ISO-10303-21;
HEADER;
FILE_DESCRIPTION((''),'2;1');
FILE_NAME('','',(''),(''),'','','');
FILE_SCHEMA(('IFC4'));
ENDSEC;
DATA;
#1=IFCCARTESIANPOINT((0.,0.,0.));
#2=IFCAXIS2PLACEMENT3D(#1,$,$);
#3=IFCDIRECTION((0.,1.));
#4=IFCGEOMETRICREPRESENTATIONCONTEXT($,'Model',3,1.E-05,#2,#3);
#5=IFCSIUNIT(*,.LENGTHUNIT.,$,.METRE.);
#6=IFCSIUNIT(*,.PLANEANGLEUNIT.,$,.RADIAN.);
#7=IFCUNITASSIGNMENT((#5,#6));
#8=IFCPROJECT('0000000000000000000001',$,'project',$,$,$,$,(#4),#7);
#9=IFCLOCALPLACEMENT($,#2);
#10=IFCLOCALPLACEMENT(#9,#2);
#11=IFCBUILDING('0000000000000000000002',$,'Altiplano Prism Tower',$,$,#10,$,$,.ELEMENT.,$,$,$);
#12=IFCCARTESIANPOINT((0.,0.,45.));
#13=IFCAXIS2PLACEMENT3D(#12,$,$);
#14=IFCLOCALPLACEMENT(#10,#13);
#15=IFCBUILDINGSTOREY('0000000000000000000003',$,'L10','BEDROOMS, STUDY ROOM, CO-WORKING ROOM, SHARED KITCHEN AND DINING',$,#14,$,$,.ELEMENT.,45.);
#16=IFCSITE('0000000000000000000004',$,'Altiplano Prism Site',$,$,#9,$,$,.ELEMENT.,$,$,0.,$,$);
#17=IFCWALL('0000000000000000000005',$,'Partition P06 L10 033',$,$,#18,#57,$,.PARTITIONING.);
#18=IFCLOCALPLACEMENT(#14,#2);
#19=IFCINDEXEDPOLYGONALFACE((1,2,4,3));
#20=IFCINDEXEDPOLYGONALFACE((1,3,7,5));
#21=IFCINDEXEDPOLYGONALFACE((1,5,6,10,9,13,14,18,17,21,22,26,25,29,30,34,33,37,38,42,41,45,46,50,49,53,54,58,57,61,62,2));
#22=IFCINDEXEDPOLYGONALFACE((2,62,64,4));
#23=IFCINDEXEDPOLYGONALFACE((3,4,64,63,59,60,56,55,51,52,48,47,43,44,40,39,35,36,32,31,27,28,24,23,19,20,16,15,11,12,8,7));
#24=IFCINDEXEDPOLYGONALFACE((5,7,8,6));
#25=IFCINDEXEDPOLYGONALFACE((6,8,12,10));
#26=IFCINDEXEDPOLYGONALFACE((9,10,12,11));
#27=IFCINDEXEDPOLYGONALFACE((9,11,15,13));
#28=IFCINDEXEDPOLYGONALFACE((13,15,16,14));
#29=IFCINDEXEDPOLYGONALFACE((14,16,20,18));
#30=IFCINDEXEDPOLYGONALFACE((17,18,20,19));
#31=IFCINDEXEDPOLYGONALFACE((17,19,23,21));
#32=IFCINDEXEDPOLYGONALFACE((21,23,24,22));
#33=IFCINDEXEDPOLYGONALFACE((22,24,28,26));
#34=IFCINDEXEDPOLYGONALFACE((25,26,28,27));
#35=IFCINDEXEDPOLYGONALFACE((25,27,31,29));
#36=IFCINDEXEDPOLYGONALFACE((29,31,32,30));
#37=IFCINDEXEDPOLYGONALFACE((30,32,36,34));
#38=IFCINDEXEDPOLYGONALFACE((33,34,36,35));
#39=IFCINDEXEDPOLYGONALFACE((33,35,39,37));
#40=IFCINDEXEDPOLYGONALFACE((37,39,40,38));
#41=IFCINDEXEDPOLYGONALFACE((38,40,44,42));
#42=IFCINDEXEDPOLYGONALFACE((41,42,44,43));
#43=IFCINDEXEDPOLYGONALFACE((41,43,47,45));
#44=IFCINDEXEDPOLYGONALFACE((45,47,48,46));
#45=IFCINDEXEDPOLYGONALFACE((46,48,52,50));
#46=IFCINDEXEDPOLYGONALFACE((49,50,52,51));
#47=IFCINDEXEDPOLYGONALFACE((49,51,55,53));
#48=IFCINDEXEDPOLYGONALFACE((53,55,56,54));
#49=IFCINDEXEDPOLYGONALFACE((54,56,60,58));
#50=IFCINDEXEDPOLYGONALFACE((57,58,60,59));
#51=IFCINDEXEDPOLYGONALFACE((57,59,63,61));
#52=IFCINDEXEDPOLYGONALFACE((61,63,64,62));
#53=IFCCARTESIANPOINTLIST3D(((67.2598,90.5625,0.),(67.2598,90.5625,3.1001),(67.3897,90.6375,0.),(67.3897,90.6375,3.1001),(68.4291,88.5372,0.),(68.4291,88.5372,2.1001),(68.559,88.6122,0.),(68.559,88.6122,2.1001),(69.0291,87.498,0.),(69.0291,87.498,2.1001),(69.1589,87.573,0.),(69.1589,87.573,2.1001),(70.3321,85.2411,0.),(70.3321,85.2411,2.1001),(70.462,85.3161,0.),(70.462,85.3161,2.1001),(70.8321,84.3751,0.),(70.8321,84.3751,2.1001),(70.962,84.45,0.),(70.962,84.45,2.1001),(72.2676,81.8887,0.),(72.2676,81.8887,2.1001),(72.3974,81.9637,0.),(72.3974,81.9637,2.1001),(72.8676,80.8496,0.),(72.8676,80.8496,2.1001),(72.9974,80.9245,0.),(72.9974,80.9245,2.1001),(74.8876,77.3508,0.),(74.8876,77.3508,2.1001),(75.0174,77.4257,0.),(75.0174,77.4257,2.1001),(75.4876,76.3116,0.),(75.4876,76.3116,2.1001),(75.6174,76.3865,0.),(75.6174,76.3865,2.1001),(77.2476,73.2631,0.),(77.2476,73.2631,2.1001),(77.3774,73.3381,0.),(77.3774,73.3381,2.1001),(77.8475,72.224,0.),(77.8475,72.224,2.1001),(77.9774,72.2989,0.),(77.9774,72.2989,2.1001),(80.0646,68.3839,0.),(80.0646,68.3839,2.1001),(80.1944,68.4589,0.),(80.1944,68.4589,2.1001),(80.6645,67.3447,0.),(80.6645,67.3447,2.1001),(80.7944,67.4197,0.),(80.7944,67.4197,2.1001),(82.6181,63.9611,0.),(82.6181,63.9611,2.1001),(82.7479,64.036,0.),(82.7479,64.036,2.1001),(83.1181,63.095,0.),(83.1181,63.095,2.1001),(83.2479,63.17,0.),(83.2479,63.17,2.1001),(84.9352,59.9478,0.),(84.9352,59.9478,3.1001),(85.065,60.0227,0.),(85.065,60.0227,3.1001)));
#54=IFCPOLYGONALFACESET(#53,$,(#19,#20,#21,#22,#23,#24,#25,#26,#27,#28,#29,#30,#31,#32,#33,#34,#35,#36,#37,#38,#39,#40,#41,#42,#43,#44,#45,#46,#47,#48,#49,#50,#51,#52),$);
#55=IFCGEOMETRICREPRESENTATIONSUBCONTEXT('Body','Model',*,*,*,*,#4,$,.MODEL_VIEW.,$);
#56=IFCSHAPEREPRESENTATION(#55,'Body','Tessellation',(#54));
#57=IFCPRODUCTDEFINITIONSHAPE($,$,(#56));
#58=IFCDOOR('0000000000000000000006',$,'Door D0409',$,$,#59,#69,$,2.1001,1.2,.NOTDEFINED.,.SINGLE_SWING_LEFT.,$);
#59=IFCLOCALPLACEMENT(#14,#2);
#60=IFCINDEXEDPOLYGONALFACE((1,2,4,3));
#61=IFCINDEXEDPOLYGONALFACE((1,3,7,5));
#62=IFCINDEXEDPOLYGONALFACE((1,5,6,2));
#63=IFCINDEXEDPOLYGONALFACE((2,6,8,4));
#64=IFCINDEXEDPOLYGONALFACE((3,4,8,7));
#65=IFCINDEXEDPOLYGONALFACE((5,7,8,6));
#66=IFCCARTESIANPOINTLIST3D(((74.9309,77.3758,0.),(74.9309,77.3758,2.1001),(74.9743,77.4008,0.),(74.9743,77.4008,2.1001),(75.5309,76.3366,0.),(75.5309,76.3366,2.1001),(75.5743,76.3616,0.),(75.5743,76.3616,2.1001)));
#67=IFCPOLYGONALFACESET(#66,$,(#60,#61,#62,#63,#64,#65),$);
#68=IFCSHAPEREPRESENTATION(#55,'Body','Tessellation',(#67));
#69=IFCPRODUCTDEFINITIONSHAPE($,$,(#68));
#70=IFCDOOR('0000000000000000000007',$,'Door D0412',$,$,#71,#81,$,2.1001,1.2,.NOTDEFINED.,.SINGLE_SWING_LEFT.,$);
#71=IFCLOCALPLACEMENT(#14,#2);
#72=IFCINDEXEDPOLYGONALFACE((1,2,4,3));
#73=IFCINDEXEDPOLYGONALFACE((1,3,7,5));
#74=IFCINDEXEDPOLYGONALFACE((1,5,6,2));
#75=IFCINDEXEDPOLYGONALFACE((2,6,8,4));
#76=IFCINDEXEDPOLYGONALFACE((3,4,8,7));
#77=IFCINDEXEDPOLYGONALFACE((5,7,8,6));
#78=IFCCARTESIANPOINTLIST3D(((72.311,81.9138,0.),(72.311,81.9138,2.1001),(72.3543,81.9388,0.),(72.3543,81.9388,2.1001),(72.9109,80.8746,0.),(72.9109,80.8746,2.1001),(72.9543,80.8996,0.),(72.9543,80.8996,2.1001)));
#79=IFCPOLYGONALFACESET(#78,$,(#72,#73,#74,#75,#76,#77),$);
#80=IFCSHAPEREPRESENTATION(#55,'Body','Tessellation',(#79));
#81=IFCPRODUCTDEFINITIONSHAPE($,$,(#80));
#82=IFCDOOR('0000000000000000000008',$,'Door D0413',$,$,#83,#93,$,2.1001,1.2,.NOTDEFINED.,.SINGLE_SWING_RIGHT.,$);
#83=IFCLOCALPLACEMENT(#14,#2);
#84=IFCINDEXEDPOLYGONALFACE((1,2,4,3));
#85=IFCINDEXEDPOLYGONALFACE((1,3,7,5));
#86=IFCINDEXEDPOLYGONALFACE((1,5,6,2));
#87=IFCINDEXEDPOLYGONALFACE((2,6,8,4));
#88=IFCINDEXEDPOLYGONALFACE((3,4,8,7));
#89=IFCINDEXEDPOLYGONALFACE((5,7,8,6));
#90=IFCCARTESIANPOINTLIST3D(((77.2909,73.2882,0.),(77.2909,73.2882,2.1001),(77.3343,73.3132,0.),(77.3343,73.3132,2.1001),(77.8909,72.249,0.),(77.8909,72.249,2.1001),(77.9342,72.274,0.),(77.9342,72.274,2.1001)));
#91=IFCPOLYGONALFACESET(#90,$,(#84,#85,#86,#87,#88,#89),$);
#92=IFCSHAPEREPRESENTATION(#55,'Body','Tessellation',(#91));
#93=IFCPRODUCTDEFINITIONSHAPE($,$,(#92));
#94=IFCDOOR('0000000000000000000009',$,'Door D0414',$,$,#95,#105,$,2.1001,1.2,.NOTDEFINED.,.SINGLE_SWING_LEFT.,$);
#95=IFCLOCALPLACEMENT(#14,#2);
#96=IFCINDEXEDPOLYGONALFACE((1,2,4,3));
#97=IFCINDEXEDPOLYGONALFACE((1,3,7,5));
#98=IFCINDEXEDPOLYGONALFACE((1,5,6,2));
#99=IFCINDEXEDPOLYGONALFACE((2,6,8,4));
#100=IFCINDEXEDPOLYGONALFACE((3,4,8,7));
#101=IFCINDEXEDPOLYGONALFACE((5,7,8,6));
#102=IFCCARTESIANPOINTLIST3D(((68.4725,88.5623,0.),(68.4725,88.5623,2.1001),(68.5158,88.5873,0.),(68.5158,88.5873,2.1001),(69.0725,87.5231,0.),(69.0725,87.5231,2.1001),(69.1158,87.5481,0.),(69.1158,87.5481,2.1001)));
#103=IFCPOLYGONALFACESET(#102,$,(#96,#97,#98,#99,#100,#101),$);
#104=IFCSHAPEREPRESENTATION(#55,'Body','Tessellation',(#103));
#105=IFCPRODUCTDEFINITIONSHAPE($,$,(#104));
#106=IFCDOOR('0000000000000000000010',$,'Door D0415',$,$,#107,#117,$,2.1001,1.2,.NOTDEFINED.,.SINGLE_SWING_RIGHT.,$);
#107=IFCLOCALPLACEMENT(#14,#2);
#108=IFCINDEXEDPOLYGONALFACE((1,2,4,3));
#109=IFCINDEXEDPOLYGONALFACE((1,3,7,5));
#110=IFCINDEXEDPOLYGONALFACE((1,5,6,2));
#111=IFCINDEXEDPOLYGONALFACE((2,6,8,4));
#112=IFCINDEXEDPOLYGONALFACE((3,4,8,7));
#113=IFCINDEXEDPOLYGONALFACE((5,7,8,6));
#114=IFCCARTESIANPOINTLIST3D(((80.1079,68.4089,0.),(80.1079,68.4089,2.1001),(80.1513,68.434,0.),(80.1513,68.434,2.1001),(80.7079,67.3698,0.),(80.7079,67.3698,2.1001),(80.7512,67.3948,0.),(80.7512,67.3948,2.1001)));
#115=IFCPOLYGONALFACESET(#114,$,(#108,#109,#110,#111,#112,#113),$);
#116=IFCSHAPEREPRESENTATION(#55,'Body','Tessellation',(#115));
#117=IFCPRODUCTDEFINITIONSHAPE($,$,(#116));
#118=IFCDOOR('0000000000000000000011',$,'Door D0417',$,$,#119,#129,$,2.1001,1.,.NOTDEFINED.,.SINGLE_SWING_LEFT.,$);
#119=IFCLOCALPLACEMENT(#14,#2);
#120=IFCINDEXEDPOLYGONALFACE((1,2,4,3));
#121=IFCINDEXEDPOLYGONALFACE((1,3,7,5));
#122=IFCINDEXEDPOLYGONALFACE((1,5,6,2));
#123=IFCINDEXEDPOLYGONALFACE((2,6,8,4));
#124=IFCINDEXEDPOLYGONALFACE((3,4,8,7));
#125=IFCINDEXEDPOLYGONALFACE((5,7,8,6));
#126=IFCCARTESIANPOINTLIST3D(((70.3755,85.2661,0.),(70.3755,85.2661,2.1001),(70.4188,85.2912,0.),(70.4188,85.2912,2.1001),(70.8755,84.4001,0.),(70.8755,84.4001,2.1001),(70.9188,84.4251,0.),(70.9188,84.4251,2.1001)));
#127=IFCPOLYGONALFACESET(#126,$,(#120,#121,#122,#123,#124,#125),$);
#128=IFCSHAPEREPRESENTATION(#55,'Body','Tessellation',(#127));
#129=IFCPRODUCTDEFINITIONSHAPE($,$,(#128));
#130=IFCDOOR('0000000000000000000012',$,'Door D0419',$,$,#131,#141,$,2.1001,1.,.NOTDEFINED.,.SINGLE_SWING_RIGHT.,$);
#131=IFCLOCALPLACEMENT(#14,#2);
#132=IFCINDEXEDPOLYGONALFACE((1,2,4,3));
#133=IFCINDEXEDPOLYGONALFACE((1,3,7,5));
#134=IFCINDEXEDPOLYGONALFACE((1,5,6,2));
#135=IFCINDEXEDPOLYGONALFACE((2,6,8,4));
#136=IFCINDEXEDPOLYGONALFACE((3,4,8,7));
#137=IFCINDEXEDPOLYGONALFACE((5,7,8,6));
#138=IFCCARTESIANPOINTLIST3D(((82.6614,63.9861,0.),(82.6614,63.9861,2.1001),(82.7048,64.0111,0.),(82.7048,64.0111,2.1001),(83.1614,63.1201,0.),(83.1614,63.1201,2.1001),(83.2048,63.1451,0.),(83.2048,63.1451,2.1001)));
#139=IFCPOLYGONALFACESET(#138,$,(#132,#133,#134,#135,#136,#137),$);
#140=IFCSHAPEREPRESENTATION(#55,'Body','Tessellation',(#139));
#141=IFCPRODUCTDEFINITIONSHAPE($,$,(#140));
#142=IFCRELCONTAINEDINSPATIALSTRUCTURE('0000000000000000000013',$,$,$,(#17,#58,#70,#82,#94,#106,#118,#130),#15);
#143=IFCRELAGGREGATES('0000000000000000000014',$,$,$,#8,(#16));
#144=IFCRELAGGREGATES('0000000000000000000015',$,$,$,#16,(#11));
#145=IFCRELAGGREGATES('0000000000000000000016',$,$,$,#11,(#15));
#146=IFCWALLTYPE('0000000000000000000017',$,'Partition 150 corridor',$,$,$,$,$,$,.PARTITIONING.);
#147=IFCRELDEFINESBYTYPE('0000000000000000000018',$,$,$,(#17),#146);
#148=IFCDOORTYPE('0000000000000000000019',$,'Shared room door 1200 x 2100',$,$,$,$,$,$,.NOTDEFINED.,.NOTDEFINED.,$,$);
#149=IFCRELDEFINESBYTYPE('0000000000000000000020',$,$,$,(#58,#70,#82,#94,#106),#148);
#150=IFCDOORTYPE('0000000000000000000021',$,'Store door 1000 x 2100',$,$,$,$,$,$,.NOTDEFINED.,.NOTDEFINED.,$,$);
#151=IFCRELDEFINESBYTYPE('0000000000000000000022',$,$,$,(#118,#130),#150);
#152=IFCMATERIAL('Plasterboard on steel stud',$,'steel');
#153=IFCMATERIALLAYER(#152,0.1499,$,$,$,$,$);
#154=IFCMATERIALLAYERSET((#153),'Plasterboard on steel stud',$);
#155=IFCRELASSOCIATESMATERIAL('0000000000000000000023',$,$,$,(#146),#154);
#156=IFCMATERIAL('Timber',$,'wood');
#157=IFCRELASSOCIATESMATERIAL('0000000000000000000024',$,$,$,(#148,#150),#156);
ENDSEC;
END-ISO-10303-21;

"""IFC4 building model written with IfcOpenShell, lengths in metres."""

from ifc_helpers import new_model, si_unit, direction, frame, frame_2d, origin, place, context, subcontext, project, spatial, rectangle, extrude, material, layer, layer_set, type_object, element, fill, save


model = new_model("IFC4")

# Units and contexts
model_context = context("Model", 3, precision=1e-05, world=origin(), true_north=direction((0.0, 1.0)))
body_context = subcontext(model_context, "Body", "Model", "MODEL_VIEW")
ifc_project = project(units=[si_unit("LENGTHUNIT", "METRE"), si_unit("PLANEANGLEUNIT", "RADIAN")], contexts=[model_context])

# Site, building, storey
site_placement = place(None, origin())
site = spatial("IfcSite", under=ifc_project, at=site_placement, Name="Altiplano Prism Site", CompositionType="ELEMENT", RefElevation=0.0)
building_placement = place(site_placement, origin())
building = spatial("IfcBuilding", under=site, at=building_placement, Name="Altiplano Prism Tower", CompositionType="ELEMENT")
storey_placement = place(building_placement, frame((0.0, 0.0, 45.0)))
storey = spatial("IfcBuildingStorey", under=building, at=storey_placement, Name="L10", Description="BEDROOMS, STUDY ROOM, CO-WORKING ROOM, SHARED KITCHEN AND DINING", CompositionType="ELEMENT", Elevation=45.0)

# Shared definitions
ifc_material_1 = material(Name="Plasterboard on steel stud", Category="steel")
ifc_layer = layer(ifc_material_1, 0.1499)
ifc_layer_set = layer_set([ifc_layer], Name="Plasterboard on steel stud")
wall_type = type_object("IfcWallType", Name="Partition 150 corridor", PredefinedType="PARTITIONING", material=ifc_layer_set)
ifc_material_2 = material(Name="Timber", Category="wood")

# Wall, openings, doors
door_type_1 = type_object("IfcDoorType", Name="Shared room door 1200 x 2100", OperationType="NOTDEFINED", PredefinedType="NOTDEFINED", material=ifc_material_2)
wall_1_placement = place(storey_placement, frame((85.0, 59.9854, 0.0), z_axis=(0.0, 0.0, 1.0), x_axis=(-0.499997, 0.866027, 0.0)))
wall_1 = element("IfcWall", 1, at=wall_1_placement, inside=storey, type_object=wall_type, Name="Partition P06 L10 033", PredefinedType="PARTITIONING", context=body_context, shape_type="SweptSolid", body=[
    extrude(rectangle(XDim=35.3508, YDim=0.1499, at=frame_2d((17.6753, 0.0))), origin(), (0.0, 0.0, 1.0), 3.1001),
])
opening_1_placement = place(wall_1_placement, frame((18.895, 0.0, 0.0)))
opening_1 = element("IfcOpeningElement", 2, at=opening_1_placement, cuts=wall_1, PredefinedType="OPENING", context=body_context, shape_type="SweptSolid", body=[
    extrude(rectangle(XDim=1.2, YDim=2.1001, at=frame_2d((0.6001, 1.05))), frame((0.0, 0.0854, 0.0), z_axis=(0.0, -1.0, 0.0), x_axis=(1.0, 0.0, 0.0)), (0.0, 0.0, 1.0), 0.1709),
])
opening_2_placement = place(wall_1_placement, frame((24.135, 0.0, 0.0)))
opening_2 = element("IfcOpeningElement", 3, at=opening_2_placement, cuts=wall_1, PredefinedType="OPENING", context=body_context, shape_type="SweptSolid", body=[
    extrude(rectangle(XDim=1.2, YDim=2.1001, at=frame_2d((0.6001, 1.05))), frame((0.0, 0.0854, 0.0), z_axis=(0.0, -1.0, 0.0), x_axis=(1.0, 0.0, 0.0)), (0.0, 0.0, 1.0), 0.1709),
])
opening_3_placement = place(wall_1_placement, frame((14.175, 0.0, 0.0)))
opening_3 = element("IfcOpeningElement", 4, at=opening_3_placement, cuts=wall_1, PredefinedType="OPENING", context=body_context, shape_type="SweptSolid", body=[
    extrude(rectangle(XDim=1.2, YDim=2.1001, at=frame_2d((0.6001, 1.05))), frame((0.0, 0.0854, 0.0), z_axis=(0.0, -1.0, 0.0), x_axis=(1.0, 0.0, 0.0)), (0.0, 0.0, 1.0), 0.1709),
])
opening_4_placement = place(wall_1_placement, frame((31.812, 0.0, 0.0)))
opening_4 = element("IfcOpeningElement", 5, at=opening_4_placement, cuts=wall_1, PredefinedType="OPENING", context=body_context, shape_type="SweptSolid", body=[
    extrude(rectangle(XDim=1.2, YDim=2.1001, at=frame_2d((0.6001, 1.05))), frame((0.0, 0.0854, 0.0), z_axis=(0.0, -1.0, 0.0), x_axis=(1.0, 0.0, 0.0)), (0.0, 0.0, 1.0), 0.1709),
])
opening_5_placement = place(wall_1_placement, frame((8.541, 0.0, 0.0)))
opening_5 = element("IfcOpeningElement", 6, at=opening_5_placement, cuts=wall_1, PredefinedType="OPENING", context=body_context, shape_type="SweptSolid", body=[
    extrude(rectangle(XDim=1.2, YDim=2.1001, at=frame_2d((0.6001, 1.05))), frame((0.0, 0.0854, 0.0), z_axis=(0.0, -1.0, 0.0), x_axis=(1.0, 0.0, 0.0)), (0.0, 0.0, 1.0), 0.1709),
])
opening_6_placement = place(wall_1_placement, frame((28.2061, 0.0, 0.0)))
opening_6 = element("IfcOpeningElement", 7, at=opening_6_placement, cuts=wall_1, PredefinedType="OPENING", context=body_context, shape_type="SweptSolid", body=[
    extrude(rectangle(XDim=1.0, YDim=2.1001, at=frame_2d((0.5, 1.05))), frame((0.0, 0.0854, 0.0), z_axis=(0.0, -1.0, 0.0), x_axis=(1.0, 0.0, 0.0)), (0.0, 0.0, 1.0), 0.1709),
])
opening_7_placement = place(wall_1_placement, frame((3.634, 0.0, 0.0)))
opening_7 = element("IfcOpeningElement", 8, at=opening_7_placement, cuts=wall_1, PredefinedType="OPENING", context=body_context, shape_type="SweptSolid", body=[
    extrude(rectangle(XDim=1.0, YDim=2.1001, at=frame_2d((0.5, 1.05))), frame((0.0, 0.0854, 0.0), z_axis=(0.0, -1.0, 0.0), x_axis=(1.0, 0.0, 0.0)), (0.0, 0.0, 1.0), 0.1709),
])
door_1_placement = place(opening_1_placement, origin())
door_1 = element("IfcDoor", 9, at=door_1_placement, inside=storey, type_object=door_type_1, Name="Door D0409", OperationType="SINGLE_SWING_LEFT", OverallHeight=2.1001, OverallWidth=1.2, PredefinedType="NOTDEFINED", context=body_context, shape_type="SweptSolid", body=[
    extrude(rectangle(XDim=1.2, YDim=2.1001, at=frame_2d((0.6001, 1.05))), frame((0.0, 0.0249, 0.0), z_axis=(0.0, -1.0, 0.0), x_axis=(1.0, 0.0, 0.0)), (0.0, 0.0, 1.0), 0.05),
])
fill(opening_1, door_1)
door_2_placement = place(opening_2_placement, origin())
door_2 = element("IfcDoor", 10, at=door_2_placement, inside=storey, type_object=door_type_1, Name="Door D0412", OperationType="SINGLE_SWING_LEFT", OverallHeight=2.1001, OverallWidth=1.2, PredefinedType="NOTDEFINED", context=body_context, shape_type="SweptSolid", body=[
    extrude(rectangle(XDim=1.2, YDim=2.1001, at=frame_2d((0.6001, 1.05))), frame((0.0, 0.0249, 0.0), z_axis=(0.0, -1.0, 0.0), x_axis=(1.0, 0.0, 0.0)), (0.0, 0.0, 1.0), 0.05),
])
fill(opening_2, door_2)
door_3_placement = place(opening_3_placement, origin())
door_3 = element("IfcDoor", 11, at=door_3_placement, inside=storey, type_object=door_type_1, Name="Door D0413", OperationType="SINGLE_SWING_RIGHT", OverallHeight=2.1001, OverallWidth=1.2, PredefinedType="NOTDEFINED", context=body_context, shape_type="SweptSolid", body=[
    extrude(rectangle(XDim=1.2, YDim=2.1001, at=frame_2d((0.6001, 1.05))), frame((0.0, 0.0249, 0.0), z_axis=(0.0, -1.0, 0.0), x_axis=(1.0, 0.0, 0.0)), (0.0, 0.0, 1.0), 0.05),
])
fill(opening_3, door_3)
door_4_placement = place(opening_4_placement, origin())
door_4 = element("IfcDoor", 12, at=door_4_placement, inside=storey, type_object=door_type_1, Name="Door D0414", OperationType="SINGLE_SWING_LEFT", OverallHeight=2.1001, OverallWidth=1.2, PredefinedType="NOTDEFINED", context=body_context, shape_type="SweptSolid", body=[
    extrude(rectangle(XDim=1.2, YDim=2.1001, at=frame_2d((0.6001, 1.05))), frame((0.0, 0.0249, 0.0), z_axis=(0.0, -1.0, 0.0), x_axis=(1.0, 0.0, 0.0)), (0.0, 0.0, 1.0), 0.05),
])
fill(opening_4, door_4)
door_5_placement = place(opening_5_placement, origin())
door_5 = element("IfcDoor", 13, at=door_5_placement, inside=storey, type_object=door_type_1, Name="Door D0415", OperationType="SINGLE_SWING_RIGHT", OverallHeight=2.1001, OverallWidth=1.2, PredefinedType="NOTDEFINED", context=body_context, shape_type="SweptSolid", body=[
    extrude(rectangle(XDim=1.2, YDim=2.1001, at=frame_2d((0.6001, 1.05))), frame((0.0, 0.0249, 0.0), z_axis=(0.0, -1.0, 0.0), x_axis=(1.0, 0.0, 0.0)), (0.0, 0.0, 1.0), 0.05),
])
fill(opening_5, door_5)
door_type_2 = type_object("IfcDoorType", Name="Store door 1000 x 2100", OperationType="NOTDEFINED", PredefinedType="NOTDEFINED", material=ifc_material_2)
door_6_placement = place(opening_6_placement, origin())
door_6 = element("IfcDoor", 14, at=door_6_placement, inside=storey, type_object=door_type_2, Name="Door D0417", OperationType="SINGLE_SWING_LEFT", OverallHeight=2.1001, OverallWidth=1.0, PredefinedType="NOTDEFINED", context=body_context, shape_type="SweptSolid", body=[
    extrude(rectangle(XDim=1.0, YDim=2.1001, at=frame_2d((0.5, 1.05))), frame((0.0, 0.0249, 0.0), z_axis=(0.0, -1.0, 0.0), x_axis=(1.0, 0.0, 0.0)), (0.0, 0.0, 1.0), 0.05),
])
fill(opening_6, door_6)
door_7_placement = place(opening_7_placement, origin())
door_7 = element("IfcDoor", 15, at=door_7_placement, inside=storey, type_object=door_type_2, Name="Door D0419", OperationType="SINGLE_SWING_RIGHT", OverallHeight=2.1001, OverallWidth=1.0, PredefinedType="NOTDEFINED", context=body_context, shape_type="SweptSolid", body=[
    extrude(rectangle(XDim=1.0, YDim=2.1001, at=frame_2d((0.5, 1.05))), frame((0.0, 0.0249, 0.0), z_axis=(0.0, -1.0, 0.0), x_axis=(1.0, 0.0, 0.0)), (0.0, 0.0, 1.0), 0.05),
])
fill(opening_7, door_7)

save(model, "model.ifc")
